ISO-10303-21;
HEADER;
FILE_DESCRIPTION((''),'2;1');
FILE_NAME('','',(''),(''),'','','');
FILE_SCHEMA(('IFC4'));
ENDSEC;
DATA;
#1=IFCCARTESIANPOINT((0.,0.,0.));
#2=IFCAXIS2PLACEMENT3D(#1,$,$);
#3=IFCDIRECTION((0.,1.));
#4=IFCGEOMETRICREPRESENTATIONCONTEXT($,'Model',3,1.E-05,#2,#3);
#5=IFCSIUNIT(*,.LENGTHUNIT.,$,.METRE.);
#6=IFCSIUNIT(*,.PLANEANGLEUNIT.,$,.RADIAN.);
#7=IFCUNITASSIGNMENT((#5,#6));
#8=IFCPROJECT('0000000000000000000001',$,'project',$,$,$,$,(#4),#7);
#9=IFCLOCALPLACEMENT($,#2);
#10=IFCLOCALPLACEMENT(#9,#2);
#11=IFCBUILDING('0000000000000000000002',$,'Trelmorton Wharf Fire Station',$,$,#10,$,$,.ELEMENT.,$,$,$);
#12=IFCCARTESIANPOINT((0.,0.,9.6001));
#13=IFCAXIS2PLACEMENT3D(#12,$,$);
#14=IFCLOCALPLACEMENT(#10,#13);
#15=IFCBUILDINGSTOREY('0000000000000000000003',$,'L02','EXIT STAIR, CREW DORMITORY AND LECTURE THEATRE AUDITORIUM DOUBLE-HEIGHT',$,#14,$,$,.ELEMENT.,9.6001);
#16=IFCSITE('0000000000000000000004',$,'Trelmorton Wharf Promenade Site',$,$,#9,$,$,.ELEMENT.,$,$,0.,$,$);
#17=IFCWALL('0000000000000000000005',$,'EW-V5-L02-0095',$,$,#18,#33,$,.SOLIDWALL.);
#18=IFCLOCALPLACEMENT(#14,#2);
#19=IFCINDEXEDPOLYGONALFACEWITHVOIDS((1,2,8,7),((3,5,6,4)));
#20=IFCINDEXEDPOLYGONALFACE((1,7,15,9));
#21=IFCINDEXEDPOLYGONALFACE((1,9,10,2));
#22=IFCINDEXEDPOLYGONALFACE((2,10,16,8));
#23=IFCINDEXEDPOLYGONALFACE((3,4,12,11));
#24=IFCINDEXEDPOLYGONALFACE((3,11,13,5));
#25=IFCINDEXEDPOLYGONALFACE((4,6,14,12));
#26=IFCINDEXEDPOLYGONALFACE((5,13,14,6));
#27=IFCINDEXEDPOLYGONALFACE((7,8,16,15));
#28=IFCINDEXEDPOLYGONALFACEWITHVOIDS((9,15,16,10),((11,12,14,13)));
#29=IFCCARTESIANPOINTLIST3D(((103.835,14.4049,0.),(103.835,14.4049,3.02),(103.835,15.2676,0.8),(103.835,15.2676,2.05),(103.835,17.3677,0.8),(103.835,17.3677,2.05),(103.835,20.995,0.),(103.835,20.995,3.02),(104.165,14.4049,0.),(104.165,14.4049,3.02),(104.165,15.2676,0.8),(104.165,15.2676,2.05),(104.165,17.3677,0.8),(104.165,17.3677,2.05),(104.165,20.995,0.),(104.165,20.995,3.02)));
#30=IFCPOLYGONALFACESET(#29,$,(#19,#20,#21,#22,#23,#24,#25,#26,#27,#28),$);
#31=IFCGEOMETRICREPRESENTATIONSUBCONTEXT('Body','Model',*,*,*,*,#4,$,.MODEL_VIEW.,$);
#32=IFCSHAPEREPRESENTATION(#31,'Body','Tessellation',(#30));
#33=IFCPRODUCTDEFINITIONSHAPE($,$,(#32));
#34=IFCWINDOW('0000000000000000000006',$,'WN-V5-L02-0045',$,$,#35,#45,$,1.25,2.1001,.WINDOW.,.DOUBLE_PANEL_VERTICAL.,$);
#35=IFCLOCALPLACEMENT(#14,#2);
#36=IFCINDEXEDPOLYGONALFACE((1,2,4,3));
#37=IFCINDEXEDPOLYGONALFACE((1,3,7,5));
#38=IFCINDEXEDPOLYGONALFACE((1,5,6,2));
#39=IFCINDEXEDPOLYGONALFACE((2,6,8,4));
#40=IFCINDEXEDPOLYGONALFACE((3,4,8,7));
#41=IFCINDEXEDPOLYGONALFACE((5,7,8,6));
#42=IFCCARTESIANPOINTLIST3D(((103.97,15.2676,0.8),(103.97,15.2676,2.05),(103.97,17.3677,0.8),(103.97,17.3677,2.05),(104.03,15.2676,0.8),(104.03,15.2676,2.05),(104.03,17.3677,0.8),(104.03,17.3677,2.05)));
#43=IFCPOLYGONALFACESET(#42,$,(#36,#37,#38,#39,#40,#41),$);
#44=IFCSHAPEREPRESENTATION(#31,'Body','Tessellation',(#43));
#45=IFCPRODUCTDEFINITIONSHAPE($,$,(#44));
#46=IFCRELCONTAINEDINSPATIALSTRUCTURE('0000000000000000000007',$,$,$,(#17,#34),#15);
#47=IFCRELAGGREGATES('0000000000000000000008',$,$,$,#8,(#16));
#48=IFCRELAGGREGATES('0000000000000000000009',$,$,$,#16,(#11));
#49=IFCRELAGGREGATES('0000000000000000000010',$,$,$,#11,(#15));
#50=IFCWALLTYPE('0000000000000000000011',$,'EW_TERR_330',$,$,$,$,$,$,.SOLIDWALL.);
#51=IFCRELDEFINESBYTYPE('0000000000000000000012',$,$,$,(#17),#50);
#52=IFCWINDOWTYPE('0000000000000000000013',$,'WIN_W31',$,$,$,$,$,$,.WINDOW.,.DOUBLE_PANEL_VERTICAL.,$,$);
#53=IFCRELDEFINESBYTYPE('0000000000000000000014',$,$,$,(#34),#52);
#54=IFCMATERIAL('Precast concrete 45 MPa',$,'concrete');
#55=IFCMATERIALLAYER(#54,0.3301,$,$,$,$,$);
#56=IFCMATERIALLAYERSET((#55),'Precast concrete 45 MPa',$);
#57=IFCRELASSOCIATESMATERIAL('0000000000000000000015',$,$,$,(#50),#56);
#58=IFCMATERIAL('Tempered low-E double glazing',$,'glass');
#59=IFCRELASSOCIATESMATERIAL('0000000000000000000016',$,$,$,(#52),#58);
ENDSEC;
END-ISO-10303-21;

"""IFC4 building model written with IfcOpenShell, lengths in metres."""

from ifc_helpers import new_model, si_unit, direction, frame, frame_2d, origin, place, context, subcontext, project, spatial, rectangle, extrude, material, layer, layer_set, type_object, element, fill, save


model = new_model("IFC4")

# Units and contexts
model_context = context("Model", 3, precision=1e-05, world=origin(), true_north=direction((0.0, 1.0)))
body_context = subcontext(model_context, "Body", "Model", "MODEL_VIEW")
ifc_project = project(units=[si_unit("LENGTHUNIT", "METRE"), si_unit("PLANEANGLEUNIT", "RADIAN")], contexts=[model_context])

# Site, building, storey
site_placement = place(None, origin())
site = spatial("IfcSite", under=ifc_project, at=site_placement, Name="Trelmorton Wharf Promenade Site", CompositionType="ELEMENT", RefElevation=0.0)
building_placement = place(site_placement, origin())
building = spatial("IfcBuilding", under=site, at=building_placement, Name="Trelmorton Wharf Fire Station", CompositionType="ELEMENT")
storey_placement = place(building_placement, frame((0.0, 0.0, 9.6001)))
storey = spatial("IfcBuildingStorey", under=building, at=storey_placement, Name="L02", Description="EXIT STAIR, CREW DORMITORY AND LECTURE THEATRE AUDITORIUM DOUBLE-HEIGHT", CompositionType="ELEMENT", Elevation=9.6001)

# Shared definitions
ifc_material_1 = material(Name="Tempered low-E double glazing", Category="glass")

# Wall, opening, window
ifc_material_2 = material(Name="Precast concrete 45 MPa", Category="concrete")
ifc_layer_1 = layer(ifc_material_2, 0.3301)
ifc_layer_set_1 = layer_set([ifc_layer_1], Name="Precast concrete 45 MPa")
wall_type_1 = type_object("IfcWallType", Name="EW_TERR_330", PredefinedType="SOLIDWALL", material=ifc_layer_set_1)
wall_1_placement = place(storey_placement, frame((104.0, 14.405, 0.0), z_axis=(0.0, 0.0, 1.0), x_axis=(0.0, 1.0, 0.0)))
wall_1 = element("IfcWall", 1, at=wall_1_placement, inside=storey, type_object=wall_type_1, Name="EW-V5-L02-0095", PredefinedType="SOLIDWALL", context=body_context, shape_type="SweptSolid", body=[
    extrude(rectangle(XDim=6.5901, YDim=0.3301, at=frame_2d((3.2949, 0.0))), origin(), (0.0, 0.0, 1.0), 3.02),
])
opening_1_placement = place(wall_1_placement, frame((0.8625, 0.0, 0.8)))
opening_1 = element("IfcOpeningElement", 2, at=opening_1_placement, cuts=wall_1, PredefinedType="OPENING", context=body_context, shape_type="SweptSolid", body=[
    extrude(rectangle(XDim=2.1001, YDim=1.25, at=frame_2d((1.05, 0.625))), frame((0.0, 0.175, 0.0), z_axis=(0.0, -1.0, 0.0), x_axis=(1.0, 0.0, 0.0)), (0.0, 0.0, 1.0), 0.3501),
])
window_type_1 = type_object("IfcWindowType", Name="WIN_W31", PartitioningType="DOUBLE_PANEL_VERTICAL", PredefinedType="WINDOW", material=ifc_material_1)
window_1_placement = place(opening_1_placement, origin())
window_1 = element("IfcWindow", 3, at=window_1_placement, inside=storey, type_object=window_type_1, Name="WN-V5-L02-0045", OverallHeight=1.25, OverallWidth=2.1001, PartitioningType="DOUBLE_PANEL_VERTICAL", PredefinedType="WINDOW", context=body_context, shape_type="SweptSolid", body=[
    extrude(rectangle(XDim=2.1001, YDim=1.25, at=frame_2d((1.05, 0.625))), frame((0.0, 0.03, 0.0), z_axis=(0.0, -1.0, 0.0), x_axis=(1.0, 0.0, 0.0)), (0.0, 0.0, 1.0), 0.0601),
])
fill(opening_1, window_1)

save(model, "model.ifc")
